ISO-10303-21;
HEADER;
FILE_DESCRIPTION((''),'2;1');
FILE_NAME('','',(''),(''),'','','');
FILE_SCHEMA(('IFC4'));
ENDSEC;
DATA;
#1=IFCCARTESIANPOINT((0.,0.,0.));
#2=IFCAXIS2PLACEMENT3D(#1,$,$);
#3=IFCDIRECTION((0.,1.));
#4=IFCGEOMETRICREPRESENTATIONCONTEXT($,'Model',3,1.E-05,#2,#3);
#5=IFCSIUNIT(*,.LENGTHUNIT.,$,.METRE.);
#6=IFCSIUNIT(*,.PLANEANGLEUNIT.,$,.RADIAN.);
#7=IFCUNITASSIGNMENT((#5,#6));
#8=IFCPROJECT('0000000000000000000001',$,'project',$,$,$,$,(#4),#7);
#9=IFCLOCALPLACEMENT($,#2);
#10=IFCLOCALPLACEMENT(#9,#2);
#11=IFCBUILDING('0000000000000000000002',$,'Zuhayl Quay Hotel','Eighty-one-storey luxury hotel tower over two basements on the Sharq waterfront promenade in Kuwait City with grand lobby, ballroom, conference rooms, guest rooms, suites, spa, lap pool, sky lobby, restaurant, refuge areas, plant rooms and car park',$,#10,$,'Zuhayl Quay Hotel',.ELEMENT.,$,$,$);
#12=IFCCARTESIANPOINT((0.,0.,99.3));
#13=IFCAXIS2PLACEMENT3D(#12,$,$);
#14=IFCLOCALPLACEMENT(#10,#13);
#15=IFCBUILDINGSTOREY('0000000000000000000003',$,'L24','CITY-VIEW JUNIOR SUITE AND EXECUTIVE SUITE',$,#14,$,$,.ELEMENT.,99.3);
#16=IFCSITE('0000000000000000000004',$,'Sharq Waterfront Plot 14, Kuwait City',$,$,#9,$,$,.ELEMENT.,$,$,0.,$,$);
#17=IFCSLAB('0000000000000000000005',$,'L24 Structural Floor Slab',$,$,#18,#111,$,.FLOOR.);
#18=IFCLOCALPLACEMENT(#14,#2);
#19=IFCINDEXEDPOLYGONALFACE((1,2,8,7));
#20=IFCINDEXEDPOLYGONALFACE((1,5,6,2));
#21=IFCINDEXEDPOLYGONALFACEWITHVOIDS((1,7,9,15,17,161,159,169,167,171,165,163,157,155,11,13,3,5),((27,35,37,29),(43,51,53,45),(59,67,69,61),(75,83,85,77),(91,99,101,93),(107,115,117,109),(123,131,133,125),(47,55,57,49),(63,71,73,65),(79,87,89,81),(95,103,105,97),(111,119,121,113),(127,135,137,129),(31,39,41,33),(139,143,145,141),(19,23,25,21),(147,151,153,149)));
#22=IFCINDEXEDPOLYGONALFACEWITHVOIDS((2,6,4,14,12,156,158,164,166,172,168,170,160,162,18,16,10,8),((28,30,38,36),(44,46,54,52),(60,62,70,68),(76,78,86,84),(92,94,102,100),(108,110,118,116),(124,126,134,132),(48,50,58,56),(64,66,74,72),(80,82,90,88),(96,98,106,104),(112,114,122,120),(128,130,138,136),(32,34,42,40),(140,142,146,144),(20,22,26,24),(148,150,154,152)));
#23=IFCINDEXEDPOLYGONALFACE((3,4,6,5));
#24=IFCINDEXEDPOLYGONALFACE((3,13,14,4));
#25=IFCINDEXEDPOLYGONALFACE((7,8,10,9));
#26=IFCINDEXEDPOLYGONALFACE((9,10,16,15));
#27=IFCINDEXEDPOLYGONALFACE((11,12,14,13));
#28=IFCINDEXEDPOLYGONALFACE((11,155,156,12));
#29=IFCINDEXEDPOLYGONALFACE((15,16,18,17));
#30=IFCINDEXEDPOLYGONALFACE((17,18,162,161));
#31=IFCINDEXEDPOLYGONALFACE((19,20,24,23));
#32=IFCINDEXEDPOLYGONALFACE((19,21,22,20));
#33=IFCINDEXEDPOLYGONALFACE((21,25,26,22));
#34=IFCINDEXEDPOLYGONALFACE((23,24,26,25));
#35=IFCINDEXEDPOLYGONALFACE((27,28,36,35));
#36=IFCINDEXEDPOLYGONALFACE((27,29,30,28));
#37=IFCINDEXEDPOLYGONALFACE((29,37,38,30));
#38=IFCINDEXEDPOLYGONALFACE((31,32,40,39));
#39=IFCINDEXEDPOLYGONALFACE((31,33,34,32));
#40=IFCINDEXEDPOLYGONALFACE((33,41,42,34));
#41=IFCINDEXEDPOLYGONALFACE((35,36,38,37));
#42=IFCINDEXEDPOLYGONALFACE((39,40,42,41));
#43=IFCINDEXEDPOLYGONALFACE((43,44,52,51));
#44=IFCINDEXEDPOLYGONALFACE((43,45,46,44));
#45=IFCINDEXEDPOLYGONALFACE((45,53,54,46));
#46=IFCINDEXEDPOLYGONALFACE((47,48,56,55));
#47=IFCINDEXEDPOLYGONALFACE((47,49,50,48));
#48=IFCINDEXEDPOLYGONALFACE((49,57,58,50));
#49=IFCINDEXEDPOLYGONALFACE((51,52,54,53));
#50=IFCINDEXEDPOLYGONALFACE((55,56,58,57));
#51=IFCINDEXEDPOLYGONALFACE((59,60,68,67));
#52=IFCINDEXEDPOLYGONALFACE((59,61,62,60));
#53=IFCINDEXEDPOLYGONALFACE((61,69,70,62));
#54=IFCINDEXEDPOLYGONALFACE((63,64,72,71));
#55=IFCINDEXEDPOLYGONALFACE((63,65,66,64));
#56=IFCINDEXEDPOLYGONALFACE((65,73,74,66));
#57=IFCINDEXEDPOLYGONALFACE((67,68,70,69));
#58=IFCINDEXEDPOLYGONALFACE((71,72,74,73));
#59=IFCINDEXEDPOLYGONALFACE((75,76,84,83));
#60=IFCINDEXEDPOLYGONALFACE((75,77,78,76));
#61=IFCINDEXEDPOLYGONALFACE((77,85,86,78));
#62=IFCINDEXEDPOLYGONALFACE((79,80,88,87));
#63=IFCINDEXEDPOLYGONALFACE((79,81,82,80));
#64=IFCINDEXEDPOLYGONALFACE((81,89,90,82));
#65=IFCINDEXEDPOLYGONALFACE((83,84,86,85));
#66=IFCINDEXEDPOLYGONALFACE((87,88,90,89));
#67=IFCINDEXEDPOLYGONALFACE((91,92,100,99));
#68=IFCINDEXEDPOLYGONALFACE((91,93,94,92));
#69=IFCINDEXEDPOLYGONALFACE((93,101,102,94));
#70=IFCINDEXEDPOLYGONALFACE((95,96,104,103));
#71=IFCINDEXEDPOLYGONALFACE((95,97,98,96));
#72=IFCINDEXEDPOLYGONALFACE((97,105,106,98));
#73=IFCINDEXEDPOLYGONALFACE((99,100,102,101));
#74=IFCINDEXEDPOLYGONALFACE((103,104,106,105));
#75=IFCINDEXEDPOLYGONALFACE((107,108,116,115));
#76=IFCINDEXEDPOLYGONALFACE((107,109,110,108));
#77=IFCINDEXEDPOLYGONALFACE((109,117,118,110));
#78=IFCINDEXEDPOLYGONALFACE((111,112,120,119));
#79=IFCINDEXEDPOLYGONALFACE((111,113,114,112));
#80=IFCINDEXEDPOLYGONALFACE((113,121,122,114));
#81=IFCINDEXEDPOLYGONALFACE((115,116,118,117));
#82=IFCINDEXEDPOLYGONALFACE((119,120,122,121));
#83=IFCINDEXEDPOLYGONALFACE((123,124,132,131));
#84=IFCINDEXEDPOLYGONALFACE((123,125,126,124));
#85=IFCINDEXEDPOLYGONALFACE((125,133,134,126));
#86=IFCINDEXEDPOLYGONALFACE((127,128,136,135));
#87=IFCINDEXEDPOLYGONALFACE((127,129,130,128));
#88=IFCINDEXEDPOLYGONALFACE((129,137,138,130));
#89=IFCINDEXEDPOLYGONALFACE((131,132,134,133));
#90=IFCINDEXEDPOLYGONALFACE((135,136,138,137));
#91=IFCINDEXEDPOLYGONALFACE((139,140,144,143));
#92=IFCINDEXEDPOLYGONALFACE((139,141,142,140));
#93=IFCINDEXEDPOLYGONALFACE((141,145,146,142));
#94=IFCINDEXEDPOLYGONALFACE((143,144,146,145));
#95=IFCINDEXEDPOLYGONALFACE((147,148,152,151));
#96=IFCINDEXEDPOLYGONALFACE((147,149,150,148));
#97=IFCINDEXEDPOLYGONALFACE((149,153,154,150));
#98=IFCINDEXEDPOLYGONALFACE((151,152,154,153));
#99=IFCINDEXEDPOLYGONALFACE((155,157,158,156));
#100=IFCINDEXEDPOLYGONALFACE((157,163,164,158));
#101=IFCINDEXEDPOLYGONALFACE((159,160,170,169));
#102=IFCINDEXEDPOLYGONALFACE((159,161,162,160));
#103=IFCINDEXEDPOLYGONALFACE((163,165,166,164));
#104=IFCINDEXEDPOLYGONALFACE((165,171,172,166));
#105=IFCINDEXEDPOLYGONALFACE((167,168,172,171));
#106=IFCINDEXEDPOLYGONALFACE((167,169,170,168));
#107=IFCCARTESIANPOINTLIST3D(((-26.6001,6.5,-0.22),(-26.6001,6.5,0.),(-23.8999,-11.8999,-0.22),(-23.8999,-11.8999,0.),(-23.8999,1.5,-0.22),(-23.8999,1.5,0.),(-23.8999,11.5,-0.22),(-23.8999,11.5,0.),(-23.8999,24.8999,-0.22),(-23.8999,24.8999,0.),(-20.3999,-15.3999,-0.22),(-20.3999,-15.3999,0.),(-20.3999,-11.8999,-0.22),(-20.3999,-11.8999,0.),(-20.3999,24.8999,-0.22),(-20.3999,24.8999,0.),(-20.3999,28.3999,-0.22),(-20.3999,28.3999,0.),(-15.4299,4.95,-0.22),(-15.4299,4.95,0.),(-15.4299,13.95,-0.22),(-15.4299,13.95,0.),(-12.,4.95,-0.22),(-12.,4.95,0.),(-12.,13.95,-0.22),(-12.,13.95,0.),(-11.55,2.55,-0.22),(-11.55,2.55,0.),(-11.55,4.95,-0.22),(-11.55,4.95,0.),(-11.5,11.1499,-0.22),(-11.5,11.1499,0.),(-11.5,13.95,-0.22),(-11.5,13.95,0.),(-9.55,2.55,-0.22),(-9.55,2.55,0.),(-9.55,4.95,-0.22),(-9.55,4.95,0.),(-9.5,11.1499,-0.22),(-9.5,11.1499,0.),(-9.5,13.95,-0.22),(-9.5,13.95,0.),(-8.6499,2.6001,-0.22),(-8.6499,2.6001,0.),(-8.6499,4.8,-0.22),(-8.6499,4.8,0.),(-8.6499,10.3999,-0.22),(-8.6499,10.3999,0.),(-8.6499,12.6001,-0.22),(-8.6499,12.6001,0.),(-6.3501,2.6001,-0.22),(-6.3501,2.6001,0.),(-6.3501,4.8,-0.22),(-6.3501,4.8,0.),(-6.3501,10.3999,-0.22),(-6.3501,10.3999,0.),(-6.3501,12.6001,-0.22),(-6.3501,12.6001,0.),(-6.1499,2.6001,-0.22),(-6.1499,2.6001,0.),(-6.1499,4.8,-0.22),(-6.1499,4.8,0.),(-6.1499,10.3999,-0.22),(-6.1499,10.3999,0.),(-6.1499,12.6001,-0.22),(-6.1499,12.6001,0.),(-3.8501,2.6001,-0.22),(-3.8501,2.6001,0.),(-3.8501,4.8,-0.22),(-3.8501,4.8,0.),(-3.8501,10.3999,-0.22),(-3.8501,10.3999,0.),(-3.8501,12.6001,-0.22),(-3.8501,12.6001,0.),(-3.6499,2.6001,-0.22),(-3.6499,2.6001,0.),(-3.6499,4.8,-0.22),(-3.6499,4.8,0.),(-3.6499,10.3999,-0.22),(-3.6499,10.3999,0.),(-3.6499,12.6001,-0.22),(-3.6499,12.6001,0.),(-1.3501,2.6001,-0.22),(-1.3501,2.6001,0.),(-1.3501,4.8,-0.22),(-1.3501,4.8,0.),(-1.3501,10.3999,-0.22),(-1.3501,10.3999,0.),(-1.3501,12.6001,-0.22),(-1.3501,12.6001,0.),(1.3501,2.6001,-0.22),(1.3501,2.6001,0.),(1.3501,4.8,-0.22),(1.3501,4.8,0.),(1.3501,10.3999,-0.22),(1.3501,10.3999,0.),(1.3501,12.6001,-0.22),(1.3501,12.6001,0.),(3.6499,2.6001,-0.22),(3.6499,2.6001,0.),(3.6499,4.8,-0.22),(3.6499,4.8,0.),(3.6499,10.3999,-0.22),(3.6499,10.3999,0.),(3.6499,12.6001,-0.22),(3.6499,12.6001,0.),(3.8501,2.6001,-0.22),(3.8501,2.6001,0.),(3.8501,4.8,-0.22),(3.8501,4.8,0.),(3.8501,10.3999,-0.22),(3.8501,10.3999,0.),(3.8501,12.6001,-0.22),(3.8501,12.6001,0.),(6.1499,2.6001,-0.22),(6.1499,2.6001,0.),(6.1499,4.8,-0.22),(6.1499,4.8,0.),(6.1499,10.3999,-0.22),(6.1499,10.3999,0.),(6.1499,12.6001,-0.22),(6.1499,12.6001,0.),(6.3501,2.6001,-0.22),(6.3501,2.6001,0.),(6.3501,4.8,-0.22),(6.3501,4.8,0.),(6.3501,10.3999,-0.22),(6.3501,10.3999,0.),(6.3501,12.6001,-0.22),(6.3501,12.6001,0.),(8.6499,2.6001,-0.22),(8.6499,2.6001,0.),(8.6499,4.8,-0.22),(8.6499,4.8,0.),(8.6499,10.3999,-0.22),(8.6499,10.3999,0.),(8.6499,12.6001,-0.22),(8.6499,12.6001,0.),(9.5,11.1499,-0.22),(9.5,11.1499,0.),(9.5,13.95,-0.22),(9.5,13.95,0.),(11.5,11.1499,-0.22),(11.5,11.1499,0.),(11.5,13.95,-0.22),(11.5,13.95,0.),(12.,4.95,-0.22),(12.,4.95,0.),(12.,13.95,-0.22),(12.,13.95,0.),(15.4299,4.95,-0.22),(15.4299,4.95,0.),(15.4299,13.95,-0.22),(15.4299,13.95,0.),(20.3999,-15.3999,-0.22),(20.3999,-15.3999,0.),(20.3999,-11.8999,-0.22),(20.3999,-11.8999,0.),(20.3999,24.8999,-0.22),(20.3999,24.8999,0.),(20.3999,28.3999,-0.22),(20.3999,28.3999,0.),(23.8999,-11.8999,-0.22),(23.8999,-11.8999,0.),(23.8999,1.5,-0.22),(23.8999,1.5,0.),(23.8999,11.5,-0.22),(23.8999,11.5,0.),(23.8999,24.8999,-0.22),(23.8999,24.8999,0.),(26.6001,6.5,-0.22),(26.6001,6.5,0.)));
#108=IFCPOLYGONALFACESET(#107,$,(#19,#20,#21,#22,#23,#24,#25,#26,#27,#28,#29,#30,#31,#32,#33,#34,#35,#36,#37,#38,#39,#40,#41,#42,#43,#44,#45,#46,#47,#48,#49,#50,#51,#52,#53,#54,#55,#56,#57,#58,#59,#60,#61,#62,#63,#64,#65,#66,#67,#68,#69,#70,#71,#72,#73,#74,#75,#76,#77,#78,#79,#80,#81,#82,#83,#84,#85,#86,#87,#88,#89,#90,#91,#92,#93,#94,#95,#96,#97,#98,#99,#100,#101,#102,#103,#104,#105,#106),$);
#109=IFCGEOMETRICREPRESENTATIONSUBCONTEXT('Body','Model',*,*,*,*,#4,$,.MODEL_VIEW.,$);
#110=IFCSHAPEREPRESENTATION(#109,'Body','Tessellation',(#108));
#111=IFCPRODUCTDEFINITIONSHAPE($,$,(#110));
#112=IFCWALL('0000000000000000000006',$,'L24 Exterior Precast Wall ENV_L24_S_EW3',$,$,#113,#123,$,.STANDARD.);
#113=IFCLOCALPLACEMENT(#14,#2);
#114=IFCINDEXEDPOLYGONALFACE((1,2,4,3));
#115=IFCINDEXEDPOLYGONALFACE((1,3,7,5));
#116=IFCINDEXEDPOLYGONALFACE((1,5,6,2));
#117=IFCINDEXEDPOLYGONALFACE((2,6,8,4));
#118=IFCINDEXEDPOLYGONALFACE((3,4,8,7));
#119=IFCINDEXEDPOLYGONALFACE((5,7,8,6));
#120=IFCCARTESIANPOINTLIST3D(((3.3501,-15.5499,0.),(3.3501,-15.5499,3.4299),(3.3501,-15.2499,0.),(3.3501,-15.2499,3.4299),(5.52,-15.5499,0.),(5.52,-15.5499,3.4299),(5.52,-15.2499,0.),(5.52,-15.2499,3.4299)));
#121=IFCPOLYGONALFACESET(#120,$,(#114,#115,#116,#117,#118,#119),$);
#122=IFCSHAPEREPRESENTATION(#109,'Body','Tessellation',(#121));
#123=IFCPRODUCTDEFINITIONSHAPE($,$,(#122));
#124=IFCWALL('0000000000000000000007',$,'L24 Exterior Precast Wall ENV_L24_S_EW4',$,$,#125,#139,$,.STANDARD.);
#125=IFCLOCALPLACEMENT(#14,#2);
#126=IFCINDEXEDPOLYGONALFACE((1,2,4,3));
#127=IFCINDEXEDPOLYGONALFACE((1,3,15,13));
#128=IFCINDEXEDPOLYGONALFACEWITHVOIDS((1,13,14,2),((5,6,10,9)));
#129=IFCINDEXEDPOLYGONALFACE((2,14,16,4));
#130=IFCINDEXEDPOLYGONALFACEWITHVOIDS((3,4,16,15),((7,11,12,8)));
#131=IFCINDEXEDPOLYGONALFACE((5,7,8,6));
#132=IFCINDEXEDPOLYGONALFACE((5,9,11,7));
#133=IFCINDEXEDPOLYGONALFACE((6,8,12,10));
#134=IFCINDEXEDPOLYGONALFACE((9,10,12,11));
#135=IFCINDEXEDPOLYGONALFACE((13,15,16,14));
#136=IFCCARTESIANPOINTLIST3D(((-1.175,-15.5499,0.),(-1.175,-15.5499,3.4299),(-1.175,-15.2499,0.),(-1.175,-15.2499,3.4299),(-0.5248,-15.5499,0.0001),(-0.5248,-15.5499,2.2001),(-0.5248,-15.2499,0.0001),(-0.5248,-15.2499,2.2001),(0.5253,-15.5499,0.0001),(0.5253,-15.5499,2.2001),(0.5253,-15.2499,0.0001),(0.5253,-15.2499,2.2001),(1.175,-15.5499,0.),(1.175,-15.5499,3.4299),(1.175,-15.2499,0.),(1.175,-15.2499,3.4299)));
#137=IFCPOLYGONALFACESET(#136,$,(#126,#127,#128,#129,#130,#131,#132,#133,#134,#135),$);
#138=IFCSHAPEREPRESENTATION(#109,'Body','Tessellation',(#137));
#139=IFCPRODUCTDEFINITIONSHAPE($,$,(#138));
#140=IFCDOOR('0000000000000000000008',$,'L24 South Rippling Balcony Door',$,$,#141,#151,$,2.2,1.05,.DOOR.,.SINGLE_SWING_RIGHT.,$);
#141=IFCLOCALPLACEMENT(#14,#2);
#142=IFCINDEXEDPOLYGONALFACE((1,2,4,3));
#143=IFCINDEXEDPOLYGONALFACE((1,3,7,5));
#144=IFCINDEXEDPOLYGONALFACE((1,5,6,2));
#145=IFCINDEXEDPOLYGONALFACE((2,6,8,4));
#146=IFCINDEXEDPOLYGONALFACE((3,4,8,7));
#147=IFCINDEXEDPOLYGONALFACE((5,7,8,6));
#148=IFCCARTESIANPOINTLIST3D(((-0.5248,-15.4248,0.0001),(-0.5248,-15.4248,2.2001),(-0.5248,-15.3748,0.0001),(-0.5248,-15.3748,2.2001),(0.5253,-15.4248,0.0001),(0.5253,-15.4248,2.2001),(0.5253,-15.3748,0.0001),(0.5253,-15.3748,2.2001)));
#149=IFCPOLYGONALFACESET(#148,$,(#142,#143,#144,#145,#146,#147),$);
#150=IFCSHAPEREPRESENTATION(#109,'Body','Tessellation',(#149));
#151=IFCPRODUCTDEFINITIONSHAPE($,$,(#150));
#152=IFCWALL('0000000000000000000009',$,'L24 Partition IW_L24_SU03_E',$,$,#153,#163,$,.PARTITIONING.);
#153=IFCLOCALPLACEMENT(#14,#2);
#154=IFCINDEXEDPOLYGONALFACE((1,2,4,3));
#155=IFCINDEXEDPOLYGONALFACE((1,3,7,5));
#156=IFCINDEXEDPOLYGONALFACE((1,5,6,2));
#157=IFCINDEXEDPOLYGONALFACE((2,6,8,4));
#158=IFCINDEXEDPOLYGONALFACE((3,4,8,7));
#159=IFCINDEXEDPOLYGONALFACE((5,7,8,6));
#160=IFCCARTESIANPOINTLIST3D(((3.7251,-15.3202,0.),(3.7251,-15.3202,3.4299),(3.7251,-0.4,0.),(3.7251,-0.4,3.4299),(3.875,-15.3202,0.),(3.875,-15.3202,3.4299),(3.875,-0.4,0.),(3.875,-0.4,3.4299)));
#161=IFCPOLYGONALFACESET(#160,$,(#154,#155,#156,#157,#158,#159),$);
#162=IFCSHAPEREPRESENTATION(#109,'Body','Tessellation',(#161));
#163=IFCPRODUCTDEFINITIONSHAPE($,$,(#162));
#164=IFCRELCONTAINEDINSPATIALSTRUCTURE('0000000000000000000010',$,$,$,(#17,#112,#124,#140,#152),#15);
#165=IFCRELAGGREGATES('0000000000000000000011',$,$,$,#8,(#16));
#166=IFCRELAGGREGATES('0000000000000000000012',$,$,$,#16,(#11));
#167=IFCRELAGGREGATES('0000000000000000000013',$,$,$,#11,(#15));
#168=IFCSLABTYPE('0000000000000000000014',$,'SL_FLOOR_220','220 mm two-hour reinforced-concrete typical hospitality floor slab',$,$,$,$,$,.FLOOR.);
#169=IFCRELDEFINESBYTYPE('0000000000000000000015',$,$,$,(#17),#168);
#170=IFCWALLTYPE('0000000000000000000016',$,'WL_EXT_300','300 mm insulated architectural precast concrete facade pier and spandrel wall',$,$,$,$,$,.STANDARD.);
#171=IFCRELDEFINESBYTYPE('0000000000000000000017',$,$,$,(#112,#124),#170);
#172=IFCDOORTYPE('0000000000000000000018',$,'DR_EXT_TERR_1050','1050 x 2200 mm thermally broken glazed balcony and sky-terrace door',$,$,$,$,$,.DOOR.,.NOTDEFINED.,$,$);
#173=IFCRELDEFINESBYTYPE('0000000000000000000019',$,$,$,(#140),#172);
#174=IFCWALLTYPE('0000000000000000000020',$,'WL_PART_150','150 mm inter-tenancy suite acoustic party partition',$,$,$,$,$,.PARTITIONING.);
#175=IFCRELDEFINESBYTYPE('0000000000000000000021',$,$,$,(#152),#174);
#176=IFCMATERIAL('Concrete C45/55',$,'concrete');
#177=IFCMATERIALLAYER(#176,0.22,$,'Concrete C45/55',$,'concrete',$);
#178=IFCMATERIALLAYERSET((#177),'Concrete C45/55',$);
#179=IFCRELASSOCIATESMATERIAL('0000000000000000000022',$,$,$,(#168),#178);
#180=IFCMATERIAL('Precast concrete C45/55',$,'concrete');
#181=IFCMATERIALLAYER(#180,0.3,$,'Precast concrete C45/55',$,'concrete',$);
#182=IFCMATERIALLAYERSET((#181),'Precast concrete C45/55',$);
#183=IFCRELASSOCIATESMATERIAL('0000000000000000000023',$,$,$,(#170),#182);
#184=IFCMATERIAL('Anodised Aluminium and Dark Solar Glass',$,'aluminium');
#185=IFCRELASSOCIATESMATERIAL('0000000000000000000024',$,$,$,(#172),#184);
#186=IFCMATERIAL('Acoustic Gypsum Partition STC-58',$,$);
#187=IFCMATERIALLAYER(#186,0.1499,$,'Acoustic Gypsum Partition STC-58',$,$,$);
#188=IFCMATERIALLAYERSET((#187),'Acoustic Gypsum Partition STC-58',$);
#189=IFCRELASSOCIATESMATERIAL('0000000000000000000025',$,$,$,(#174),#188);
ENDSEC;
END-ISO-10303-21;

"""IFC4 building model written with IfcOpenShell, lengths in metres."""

from ifc_helpers import new_model, si_unit, direction, frame, frame_2d, origin, place, context, subcontext, project, spatial, polyline, rectangle, outline, extrude, material, layer, layer_set, type_object, element, fill, save


model = new_model("IFC4")

# Units and contexts
model_context = context("Model", 3, precision=1e-05, world=origin(), true_north=direction((0.0, 1.0)))
body_context = subcontext(model_context, "Body", "Model", "MODEL_VIEW")
ifc_project = project(units=[si_unit("LENGTHUNIT", "METRE"), si_unit("PLANEANGLEUNIT", "RADIAN")], contexts=[model_context])

# Site, building, storey
site_placement = place(None, origin())
site = spatial("IfcSite", under=ifc_project, at=site_placement, Name="Sharq Waterfront Plot 14, Kuwait City", CompositionType="ELEMENT", RefElevation=0.0)
building_placement = place(site_placement, origin())
building = spatial("IfcBuilding", under=site, at=building_placement, Name="Zuhayl Quay Hotel", Description="Eighty-one-storey luxury hotel tower over two basements on the Sharq waterfront promenade in Kuwait City with grand lobby, ballroom, conference rooms, guest rooms, suites, spa, lap pool, sky lobby, restaurant, refuge areas, plant rooms and car park", LongName="Zuhayl Quay Hotel", CompositionType="ELEMENT")
storey_placement = place(building_placement, frame((0.0, 0.0, 99.3)))
storey = spatial("IfcBuildingStorey", under=building, at=storey_placement, Name="L24", Description="CITY-VIEW JUNIOR SUITE AND EXECUTIVE SUITE", CompositionType="ELEMENT", Elevation=99.3)

# Slab
ifc_material_1 = material(Name="Concrete C45/55", Category="concrete")
ifc_layer_1 = layer(ifc_material_1, 0.22, Name="Concrete C45/55", Category="concrete")
ifc_layer_set_1 = layer_set([ifc_layer_1], Name="Concrete C45/55")
slab_type_1 = type_object("IfcSlabType", Name="SL_FLOOR_220", Description="220 mm two-hour reinforced-concrete typical hospitality floor slab", PredefinedType="FLOOR", material=ifc_layer_set_1)
slab_1_placement = place(storey_placement, frame((0.0, 0.0, -0.22)))
element("IfcSlab", 1, at=slab_1_placement, inside=storey, type_object=slab_type_1, Name="L24 Structural Floor Slab", PredefinedType="FLOOR", context=body_context, shape_type="SweptSolid", body=[
    extrude(outline(polyline([(-20.3999, -15.3999), (20.3999, -15.3999), (20.3999, -11.8999), (23.8999, -11.8999), (23.8999, 1.5), (26.6001, 6.5), (23.8999, 11.5), (23.8999, 24.8999), (20.3999, 24.8999), (20.3999, 28.3999), (-20.3999, 28.3999), (-20.3999, 24.8999), (-23.8999, 24.8999), (-23.8999, 11.5), (-26.6001, 6.5), (-23.8999, 1.5), (-23.8999, -11.8999), (-20.3999, -11.8999), (-20.3999, -15.3999)]), holes=[polyline([(-12.0, 4.95), (-12.0, 13.95), (-15.4299, 13.95), (-15.4299, 4.95), (-12.0, 4.95)]), polyline([(15.4299, 4.95), (15.4299, 13.95), (12.0, 13.95), (12.0, 4.95), (15.4299, 4.95)]), polyline([(-11.5, 11.1499), (-9.5, 11.1499), (-9.5, 13.95), (-11.5, 13.95), (-11.5, 11.1499)]), polyline([(9.5, 11.1499), (11.5, 11.1499), (11.5, 13.95), (9.5, 13.95), (9.5, 11.1499)]), polyline([(-8.6499, 2.6001), (-6.3501, 2.6001), (-6.3501, 4.8), (-8.6499, 4.8), (-8.6499, 2.6001)]), polyline([(-6.1499, 2.6001), (-3.8501, 2.6001), (-3.8501, 4.8), (-6.1499, 4.8), (-6.1499, 2.6001)]), polyline([(-8.6499, 10.3999), (-6.3501, 10.3999), (-6.3501, 12.6001), (-8.6499, 12.6001), (-8.6499, 10.3999)]), polyline([(-6.1499, 10.3999), (-3.8501, 10.3999), (-3.8501, 12.6001), (-6.1499, 12.6001), (-6.1499, 10.3999)]), polyline([(-3.6499, 2.6001), (-1.3501, 2.6001), (-1.3501, 4.8), (-3.6499, 4.8), (-3.6499, 2.6001)]), polyline([(1.3501, 2.6001), (3.6499, 2.6001), (3.6499, 4.8), (1.3501, 4.8), (1.3501, 2.6001)]), polyline([(-3.6499, 10.3999), (-1.3501, 10.3999), (-1.3501, 12.6001), (-3.6499, 12.6001), (-3.6499, 10.3999)]), polyline([(1.3501, 10.3999), (3.6499, 10.3999), (3.6499, 12.6001), (1.3501, 12.6001), (1.3501, 10.3999)]), polyline([(3.8501, 2.6001), (6.1499, 2.6001), (6.1499, 4.8), (3.8501, 4.8), (3.8501, 2.6001)]), polyline([(6.3501, 2.6001), (8.6499, 2.6001), (8.6499, 4.8), (6.3501, 4.8), (6.3501, 2.6001)]), polyline([(3.8501, 10.3999), (6.1499, 10.3999), (6.1499, 12.6001), (3.8501, 12.6001), (3.8501, 10.3999)]), polyline([(6.3501, 10.3999), (8.6499, 10.3999), (8.6499, 12.6001), (6.3501, 12.6001), (6.3501, 10.3999)]), polyline([(-11.55, 2.55), (-9.55, 2.55), (-9.55, 4.95), (-11.55, 4.95), (-11.55, 2.55)])]), origin(), (0.0, 0.0, 1.0), 0.22),
])

# Wall
ifc_material_2 = material(Name="Precast concrete C45/55", Category="concrete")
ifc_layer_2 = layer(ifc_material_2, 0.3, Name="Precast concrete C45/55", Category="concrete")
ifc_layer_set_2 = layer_set([ifc_layer_2], Name="Precast concrete C45/55")
wall_type_1 = type_object("IfcWallType", Name="WL_EXT_300", Description="300 mm insulated architectural precast concrete facade pier and spandrel wall", PredefinedType="STANDARD", material=ifc_layer_set_2)
wall_1_placement = place(storey_placement, frame((5.52, -15.3999, 0.0), z_axis=(0.0, 0.0, 1.0), x_axis=(-1.0, 0.0, 0.0)))
element("IfcWall", 2, at=wall_1_placement, inside=storey, type_object=wall_type_1, Name="L24 Exterior Precast Wall ENV_L24_S_EW3", PredefinedType="STANDARD", context=body_context, shape_type="SweptSolid", body=[
    extrude(rectangle(XDim=2.1699, YDim=0.3, at=frame_2d((1.085, 0.0))), origin(), (0.0, 0.0, 1.0), 3.4299),
])

# Wall, opening, door
wall_2_placement = place(storey_placement, frame((1.175, -15.3999, 0.0), z_axis=(0.0, 0.0, 1.0), x_axis=(-1.0, 0.0, 0.0)))
wall_2 = element("IfcWall", 3, at=wall_2_placement, inside=storey, type_object=wall_type_1, Name="L24 Exterior Precast Wall ENV_L24_S_EW4", PredefinedType="STANDARD", context=body_context, shape_type="SweptSolid", body=[
    extrude(rectangle(XDim=2.3501, YDim=0.3, at=frame_2d((1.175, 0.0))), origin(), (0.0, 0.0, 1.0), 3.4299),
])
opening_1_placement = place(wall_2_placement, frame((0.6499, 0.0, 0.0)))
opening_1 = element("IfcOpeningElement", 4, at=opening_1_placement, cuts=wall_2, PredefinedType="OPENING", context=body_context, shape_type="SweptSolid", body=[
    extrude(rectangle(XDim=1.05, YDim=2.2, at=frame_2d((0.5249, 1.1001))), frame((0.0, 0.1599, 0.0), z_axis=(0.0, -1.0, 0.0), x_axis=(1.0, 0.0, 0.0)), (0.0, 0.0, 1.0), 0.3201),
])
ifc_material_3 = material(Name="Anodised Aluminium and Dark Solar Glass", Category="aluminium")
door_type_1 = type_object("IfcDoorType", Name="DR_EXT_TERR_1050", Description="1050 x 2200 mm thermally broken glazed balcony and sky-terrace door", OperationType="NOTDEFINED", PredefinedType="DOOR", material=ifc_material_3)
door_1_placement = place(opening_1_placement, origin())
door_1 = element("IfcDoor", 5, at=door_1_placement, inside=storey, type_object=door_type_1, Name="L24 South Rippling Balcony Door", OperationType="SINGLE_SWING_RIGHT", OverallHeight=2.2, OverallWidth=1.05, PredefinedType="DOOR", context=body_context, shape_type="SweptSolid", body=[
    extrude(rectangle(XDim=1.05, YDim=2.2, at=frame_2d((0.5249, 1.1001))), frame((0.0, 0.0249, 0.0), z_axis=(0.0, -1.0, 0.0), x_axis=(1.0, 0.0, 0.0)), (0.0, 0.0, 1.0), 0.05),
])
fill(opening_1, door_1)

# Wall
ifc_material_4 = material(Name="Acoustic Gypsum Partition STC-58")
ifc_layer_3 = layer(ifc_material_4, 0.1499, Name="Acoustic Gypsum Partition STC-58")
ifc_layer_set_3 = layer_set([ifc_layer_3], Name="Acoustic Gypsum Partition STC-58")
wall_type_2 = type_object("IfcWallType", Name="WL_PART_150", Description="150 mm inter-tenancy suite acoustic party partition", PredefinedType="PARTITIONING", material=ifc_layer_set_3)
wall_3_placement = place(storey_placement, frame((3.8, -15.3201, 0.0), z_axis=(0.0, 0.0, 1.0), x_axis=(0.0, 1.0, 0.0)))
element("IfcWall", 6, at=wall_3_placement, inside=storey, type_object=wall_type_2, Name="L24 Partition IW_L24_SU03_E", PredefinedType="PARTITIONING", context=body_context, shape_type="SweptSolid", body=[
    extrude(rectangle(XDim=14.9202, YDim=0.1499, at=frame_2d((7.46, 0.0))), origin(), (0.0, 0.0, 1.0), 3.4299),
])

save(model, "model.ifc")
